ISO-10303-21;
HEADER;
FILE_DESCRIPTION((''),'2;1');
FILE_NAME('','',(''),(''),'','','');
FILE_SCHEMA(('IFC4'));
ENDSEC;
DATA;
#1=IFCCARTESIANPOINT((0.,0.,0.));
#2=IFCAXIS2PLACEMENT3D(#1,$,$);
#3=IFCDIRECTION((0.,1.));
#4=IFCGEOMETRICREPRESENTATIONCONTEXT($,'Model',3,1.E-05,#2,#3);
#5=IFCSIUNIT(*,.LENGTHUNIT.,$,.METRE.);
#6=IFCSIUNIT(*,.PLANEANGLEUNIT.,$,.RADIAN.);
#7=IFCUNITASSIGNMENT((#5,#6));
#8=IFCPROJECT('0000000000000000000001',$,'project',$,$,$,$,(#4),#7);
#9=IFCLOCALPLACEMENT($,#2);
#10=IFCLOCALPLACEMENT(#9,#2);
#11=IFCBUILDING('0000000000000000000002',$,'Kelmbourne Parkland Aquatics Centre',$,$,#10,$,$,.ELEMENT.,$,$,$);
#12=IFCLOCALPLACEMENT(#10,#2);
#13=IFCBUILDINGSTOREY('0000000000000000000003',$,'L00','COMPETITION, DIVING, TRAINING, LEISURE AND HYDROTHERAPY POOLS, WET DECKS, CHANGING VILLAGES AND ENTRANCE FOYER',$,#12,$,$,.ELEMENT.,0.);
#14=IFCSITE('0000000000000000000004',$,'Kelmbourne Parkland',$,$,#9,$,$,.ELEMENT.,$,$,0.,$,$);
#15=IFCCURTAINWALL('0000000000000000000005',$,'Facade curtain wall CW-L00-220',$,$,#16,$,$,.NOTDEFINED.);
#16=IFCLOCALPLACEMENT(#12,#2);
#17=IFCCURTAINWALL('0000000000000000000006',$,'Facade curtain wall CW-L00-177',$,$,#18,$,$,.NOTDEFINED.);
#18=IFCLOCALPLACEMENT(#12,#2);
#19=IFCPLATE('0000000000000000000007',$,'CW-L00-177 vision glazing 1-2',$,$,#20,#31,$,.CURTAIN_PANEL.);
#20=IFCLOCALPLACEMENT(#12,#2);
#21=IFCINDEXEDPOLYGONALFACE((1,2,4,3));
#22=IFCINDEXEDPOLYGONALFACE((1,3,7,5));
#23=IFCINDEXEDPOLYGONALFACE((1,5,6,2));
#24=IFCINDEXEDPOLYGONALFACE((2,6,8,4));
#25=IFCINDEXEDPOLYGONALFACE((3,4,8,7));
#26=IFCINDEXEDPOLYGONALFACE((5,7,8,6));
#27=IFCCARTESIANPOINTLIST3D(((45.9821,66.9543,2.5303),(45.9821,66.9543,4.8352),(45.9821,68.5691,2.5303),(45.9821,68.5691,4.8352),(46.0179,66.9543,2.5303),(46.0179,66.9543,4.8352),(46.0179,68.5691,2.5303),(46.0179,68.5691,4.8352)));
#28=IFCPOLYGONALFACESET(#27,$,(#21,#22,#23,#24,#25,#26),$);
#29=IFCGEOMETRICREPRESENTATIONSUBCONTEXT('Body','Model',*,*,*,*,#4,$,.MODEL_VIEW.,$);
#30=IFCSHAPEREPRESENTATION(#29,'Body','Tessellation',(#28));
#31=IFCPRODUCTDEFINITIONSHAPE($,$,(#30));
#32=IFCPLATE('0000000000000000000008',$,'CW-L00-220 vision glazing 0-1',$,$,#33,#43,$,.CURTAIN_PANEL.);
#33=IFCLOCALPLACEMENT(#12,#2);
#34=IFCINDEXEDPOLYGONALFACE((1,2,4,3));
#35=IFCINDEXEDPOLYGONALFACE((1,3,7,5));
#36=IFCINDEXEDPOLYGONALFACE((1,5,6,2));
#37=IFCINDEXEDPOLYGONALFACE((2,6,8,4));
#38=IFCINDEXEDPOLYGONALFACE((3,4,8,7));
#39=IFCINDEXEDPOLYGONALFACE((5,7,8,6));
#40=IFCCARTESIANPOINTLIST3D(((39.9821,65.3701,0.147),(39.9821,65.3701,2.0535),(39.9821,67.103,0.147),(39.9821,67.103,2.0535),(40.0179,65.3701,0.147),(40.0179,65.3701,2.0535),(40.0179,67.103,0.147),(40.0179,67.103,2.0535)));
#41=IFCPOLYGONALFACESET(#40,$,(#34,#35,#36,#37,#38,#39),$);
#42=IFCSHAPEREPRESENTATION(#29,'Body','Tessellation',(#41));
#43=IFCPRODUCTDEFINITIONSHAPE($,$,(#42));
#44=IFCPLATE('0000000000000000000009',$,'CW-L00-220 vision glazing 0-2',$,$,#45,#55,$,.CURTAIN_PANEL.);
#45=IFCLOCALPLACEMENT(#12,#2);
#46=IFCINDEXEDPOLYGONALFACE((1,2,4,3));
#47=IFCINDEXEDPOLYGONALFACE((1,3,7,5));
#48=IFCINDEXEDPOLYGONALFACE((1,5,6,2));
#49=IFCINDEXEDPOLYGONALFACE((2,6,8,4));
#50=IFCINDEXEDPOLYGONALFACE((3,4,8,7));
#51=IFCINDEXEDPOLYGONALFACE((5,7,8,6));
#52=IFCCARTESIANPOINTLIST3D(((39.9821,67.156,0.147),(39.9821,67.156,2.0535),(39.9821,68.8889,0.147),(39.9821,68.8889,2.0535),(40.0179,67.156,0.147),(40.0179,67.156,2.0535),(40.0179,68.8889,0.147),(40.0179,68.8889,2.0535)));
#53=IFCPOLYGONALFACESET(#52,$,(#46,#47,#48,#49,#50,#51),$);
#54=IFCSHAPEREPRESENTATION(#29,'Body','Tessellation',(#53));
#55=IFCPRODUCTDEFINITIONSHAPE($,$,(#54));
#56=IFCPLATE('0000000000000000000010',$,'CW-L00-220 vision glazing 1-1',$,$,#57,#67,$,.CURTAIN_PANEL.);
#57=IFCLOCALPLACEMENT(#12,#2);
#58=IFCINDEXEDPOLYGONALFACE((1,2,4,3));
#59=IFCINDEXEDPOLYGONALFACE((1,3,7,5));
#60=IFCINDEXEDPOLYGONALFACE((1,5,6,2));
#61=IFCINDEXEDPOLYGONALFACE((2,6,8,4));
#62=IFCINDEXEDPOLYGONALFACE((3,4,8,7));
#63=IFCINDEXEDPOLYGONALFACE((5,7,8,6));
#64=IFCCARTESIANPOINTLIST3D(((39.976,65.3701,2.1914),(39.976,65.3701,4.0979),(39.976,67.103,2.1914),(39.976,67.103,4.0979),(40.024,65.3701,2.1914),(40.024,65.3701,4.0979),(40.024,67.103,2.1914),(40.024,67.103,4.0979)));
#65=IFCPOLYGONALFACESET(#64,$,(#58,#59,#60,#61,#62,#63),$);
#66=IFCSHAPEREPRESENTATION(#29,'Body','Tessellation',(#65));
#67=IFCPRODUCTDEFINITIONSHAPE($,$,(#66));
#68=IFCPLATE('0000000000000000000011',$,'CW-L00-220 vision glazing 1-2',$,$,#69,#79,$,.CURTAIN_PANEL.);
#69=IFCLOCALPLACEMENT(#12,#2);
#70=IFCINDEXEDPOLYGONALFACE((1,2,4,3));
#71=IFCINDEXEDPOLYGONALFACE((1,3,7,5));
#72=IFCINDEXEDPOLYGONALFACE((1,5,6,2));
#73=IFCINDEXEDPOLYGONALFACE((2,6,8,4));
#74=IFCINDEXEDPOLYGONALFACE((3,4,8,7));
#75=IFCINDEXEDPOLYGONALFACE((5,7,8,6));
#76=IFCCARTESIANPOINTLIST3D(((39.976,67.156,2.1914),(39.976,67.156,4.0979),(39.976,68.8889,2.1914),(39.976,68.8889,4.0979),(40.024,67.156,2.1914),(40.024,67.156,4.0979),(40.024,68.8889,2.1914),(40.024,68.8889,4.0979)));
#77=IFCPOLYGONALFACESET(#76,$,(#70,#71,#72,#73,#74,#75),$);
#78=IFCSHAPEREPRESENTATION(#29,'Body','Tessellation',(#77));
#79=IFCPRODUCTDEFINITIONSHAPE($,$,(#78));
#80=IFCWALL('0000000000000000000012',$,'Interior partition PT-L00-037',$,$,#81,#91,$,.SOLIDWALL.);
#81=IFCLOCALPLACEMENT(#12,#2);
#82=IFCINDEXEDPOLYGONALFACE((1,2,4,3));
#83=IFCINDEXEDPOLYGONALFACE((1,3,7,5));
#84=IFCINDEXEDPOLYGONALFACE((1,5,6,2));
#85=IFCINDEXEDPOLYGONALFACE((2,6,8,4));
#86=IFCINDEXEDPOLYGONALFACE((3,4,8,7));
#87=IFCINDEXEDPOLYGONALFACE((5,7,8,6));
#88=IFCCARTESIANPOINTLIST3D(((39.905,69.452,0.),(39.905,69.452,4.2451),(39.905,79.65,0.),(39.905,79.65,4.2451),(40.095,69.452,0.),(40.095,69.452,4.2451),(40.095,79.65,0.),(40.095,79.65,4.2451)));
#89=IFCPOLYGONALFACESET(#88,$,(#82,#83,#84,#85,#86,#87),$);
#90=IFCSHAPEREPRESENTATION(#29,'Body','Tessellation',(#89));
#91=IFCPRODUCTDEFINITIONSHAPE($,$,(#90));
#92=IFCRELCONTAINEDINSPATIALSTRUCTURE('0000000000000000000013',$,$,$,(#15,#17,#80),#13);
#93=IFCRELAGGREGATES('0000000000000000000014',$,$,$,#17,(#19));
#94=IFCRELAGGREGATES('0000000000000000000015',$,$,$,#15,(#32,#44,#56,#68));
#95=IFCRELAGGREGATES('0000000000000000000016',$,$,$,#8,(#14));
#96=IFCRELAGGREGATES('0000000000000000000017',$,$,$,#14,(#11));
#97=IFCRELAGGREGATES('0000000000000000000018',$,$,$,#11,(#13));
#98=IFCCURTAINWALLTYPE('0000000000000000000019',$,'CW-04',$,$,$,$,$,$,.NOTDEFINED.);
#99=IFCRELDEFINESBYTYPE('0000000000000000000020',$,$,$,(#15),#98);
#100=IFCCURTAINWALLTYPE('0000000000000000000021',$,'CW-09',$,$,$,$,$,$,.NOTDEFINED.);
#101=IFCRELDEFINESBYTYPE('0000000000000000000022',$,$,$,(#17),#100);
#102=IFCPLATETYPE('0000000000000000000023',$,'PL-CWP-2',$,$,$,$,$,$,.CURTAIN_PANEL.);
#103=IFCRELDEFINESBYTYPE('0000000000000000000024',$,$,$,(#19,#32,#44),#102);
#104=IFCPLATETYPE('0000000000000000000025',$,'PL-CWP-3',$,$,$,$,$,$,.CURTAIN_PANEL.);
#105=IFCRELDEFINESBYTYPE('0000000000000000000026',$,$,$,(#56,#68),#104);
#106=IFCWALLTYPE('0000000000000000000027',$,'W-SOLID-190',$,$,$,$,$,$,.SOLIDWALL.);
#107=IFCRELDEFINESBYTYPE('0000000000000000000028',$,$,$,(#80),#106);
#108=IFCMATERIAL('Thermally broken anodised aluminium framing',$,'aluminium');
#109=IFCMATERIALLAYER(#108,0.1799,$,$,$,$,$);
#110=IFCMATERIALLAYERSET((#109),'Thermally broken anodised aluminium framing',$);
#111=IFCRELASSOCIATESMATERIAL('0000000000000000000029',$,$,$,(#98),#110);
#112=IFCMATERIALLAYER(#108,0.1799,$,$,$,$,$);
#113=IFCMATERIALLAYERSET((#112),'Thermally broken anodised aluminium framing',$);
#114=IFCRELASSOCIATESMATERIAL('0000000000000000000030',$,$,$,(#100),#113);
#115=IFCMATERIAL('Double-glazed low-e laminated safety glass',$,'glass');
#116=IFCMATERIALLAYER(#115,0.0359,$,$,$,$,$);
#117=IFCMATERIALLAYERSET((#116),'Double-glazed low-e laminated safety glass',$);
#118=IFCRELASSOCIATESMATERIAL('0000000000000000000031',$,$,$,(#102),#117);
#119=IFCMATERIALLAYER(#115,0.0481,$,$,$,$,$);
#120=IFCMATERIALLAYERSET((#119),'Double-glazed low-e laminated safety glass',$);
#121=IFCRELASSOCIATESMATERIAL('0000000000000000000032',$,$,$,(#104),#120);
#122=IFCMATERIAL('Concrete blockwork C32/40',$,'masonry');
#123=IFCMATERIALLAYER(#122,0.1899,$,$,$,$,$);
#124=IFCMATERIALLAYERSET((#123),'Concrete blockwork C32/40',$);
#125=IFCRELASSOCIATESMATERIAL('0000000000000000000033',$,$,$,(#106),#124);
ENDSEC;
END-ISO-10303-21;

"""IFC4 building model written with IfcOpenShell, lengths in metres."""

from ifc_helpers import new_model, si_unit, direction, frame, frame_2d, origin, origin_2d, place, context, subcontext, project, spatial, rectangle, extrude, material, layer, layer_set, type_object, element, aggregate, save


model = new_model("IFC4")

# Units and contexts
model_context = context("Model", 3, precision=1e-05, world=origin(), true_north=direction((0.0, 1.0)))
body_context = subcontext(model_context, "Body", "Model", "MODEL_VIEW")
ifc_project = project(units=[si_unit("LENGTHUNIT", "METRE"), si_unit("PLANEANGLEUNIT", "RADIAN")], contexts=[model_context])

# Site, building, storey
site_placement = place(None, origin())
site = spatial("IfcSite", under=ifc_project, at=site_placement, Name="Kelmbourne Parkland", CompositionType="ELEMENT", RefElevation=0.0)
building_placement = place(site_placement, origin())
building = spatial("IfcBuilding", under=site, at=building_placement, Name="Kelmbourne Parkland Aquatics Centre", CompositionType="ELEMENT")
storey_placement = place(building_placement, origin())
storey = spatial("IfcBuildingStorey", under=building, at=storey_placement, Name="L00", Description="COMPETITION, DIVING, TRAINING, LEISURE AND HYDROTHERAPY POOLS, WET DECKS, CHANGING VILLAGES AND ENTRANCE FOYER", CompositionType="ELEMENT", Elevation=0.0)

# Curtain wall
ifc_material_1 = material(Name="Thermally broken anodised aluminium framing", Category="aluminium")
ifc_layer_1 = layer(ifc_material_1, 0.1799)
ifc_layer_set_1 = layer_set([ifc_layer_1], Name="Thermally broken anodised aluminium framing")
curtain_wall_type_1 = type_object("IfcCurtainWallType", Name="CW-04", PredefinedType="NOTDEFINED", material=ifc_layer_set_1)
curtain_wall_1_placement = place(storey_placement, origin())
curtain_wall_1 = element("IfcCurtainWall", 1, at=curtain_wall_1_placement, inside=storey, type_object=curtain_wall_type_1, Name="Facade curtain wall CW-L00-220", PredefinedType="NOTDEFINED")

# Curtain wall
ifc_layer_2 = layer(ifc_material_1, 0.1799)
ifc_layer_set_2 = layer_set([ifc_layer_2], Name="Thermally broken anodised aluminium framing")
curtain_wall_type_2 = type_object("IfcCurtainWallType", Name="CW-09", PredefinedType="NOTDEFINED", material=ifc_layer_set_2)
curtain_wall_2_placement = place(storey_placement, origin())
curtain_wall_2 = element("IfcCurtainWall", 2, at=curtain_wall_2_placement, inside=storey, type_object=curtain_wall_type_2, Name="Facade curtain wall CW-L00-177", PredefinedType="NOTDEFINED")

# Plates
ifc_material_2 = material(Name="Double-glazed low-e laminated safety glass", Category="glass")
ifc_layer_3 = layer(ifc_material_2, 0.0359)
ifc_layer_set_3 = layer_set([ifc_layer_3], Name="Double-glazed low-e laminated safety glass")
plate_type_1 = type_object("IfcPlateType", Name="PL-CWP-2", PredefinedType="CURTAIN_PANEL", material=ifc_layer_set_3)
plate_1_placement = place(storey_placement, frame((46.0, 67.7617, 2.5303), z_axis=(0.0, 0.0, 1.0), x_axis=(0.0, 1.0, 0.0)))
plate_1 = element("IfcPlate", 3, at=plate_1_placement, type_object=plate_type_1, Name="CW-L00-177 vision glazing 1-2", PredefinedType="CURTAIN_PANEL", context=body_context, shape_type="SweptSolid", body=[
    extrude(rectangle(XDim=1.6147, YDim=0.0359, at=origin_2d()), origin(), (0.0, 0.0, 1.0), 2.3049),
])
aggregate(curtain_wall_2, [plate_1])
plate_2_placement = place(storey_placement, frame((40.0, 66.2366, 0.147), z_axis=(0.0, 0.0, 1.0), x_axis=(0.0, 1.0, 0.0)))
plate_2 = element("IfcPlate", 4, at=plate_2_placement, type_object=plate_type_1, Name="CW-L00-220 vision glazing 0-1", PredefinedType="CURTAIN_PANEL", context=body_context, shape_type="SweptSolid", body=[
    extrude(rectangle(XDim=1.7329, YDim=0.0359, at=origin_2d()), origin(), (0.0, 0.0, 1.0), 1.9065),
])
plate_3_placement = place(storey_placement, frame((40.0, 68.0225, 0.147), z_axis=(0.0, 0.0, 1.0), x_axis=(0.0, 1.0, 0.0)))
plate_3 = element("IfcPlate", 5, at=plate_3_placement, type_object=plate_type_1, Name="CW-L00-220 vision glazing 0-2", PredefinedType="CURTAIN_PANEL", context=body_context, shape_type="SweptSolid", body=[
    extrude(rectangle(XDim=1.7329, YDim=0.0359, at=origin_2d()), origin(), (0.0, 0.0, 1.0), 1.9065),
])
ifc_layer_4 = layer(ifc_material_2, 0.0481)
ifc_layer_set_4 = layer_set([ifc_layer_4], Name="Double-glazed low-e laminated safety glass")
plate_type_2 = type_object("IfcPlateType", Name="PL-CWP-3", PredefinedType="CURTAIN_PANEL", material=ifc_layer_set_4)
plate_4_placement = place(storey_placement, frame((40.0, 66.2366, 2.1914), z_axis=(0.0, 0.0, 1.0), x_axis=(0.0, 1.0, 0.0)))
plate_4 = element("IfcPlate", 6, at=plate_4_placement, type_object=plate_type_2, Name="CW-L00-220 vision glazing 1-1", PredefinedType="CURTAIN_PANEL", context=body_context, shape_type="SweptSolid", body=[
    extrude(rectangle(XDim=1.7329, YDim=0.0481, at=origin_2d()), origin(), (0.0, 0.0, 1.0), 1.9065),
])
plate_5_placement = place(storey_placement, frame((40.0, 68.0225, 2.1914), z_axis=(0.0, 0.0, 1.0), x_axis=(0.0, 1.0, 0.0)))
plate_5 = element("IfcPlate", 7, at=plate_5_placement, type_object=plate_type_2, Name="CW-L00-220 vision glazing 1-2", PredefinedType="CURTAIN_PANEL", context=body_context, shape_type="SweptSolid", body=[
    extrude(rectangle(XDim=1.7329, YDim=0.0481, at=origin_2d()), origin(), (0.0, 0.0, 1.0), 1.9065),
])
aggregate(curtain_wall_1, [plate_2, plate_3, plate_4, plate_5])

# Wall
ifc_material_3 = material(Name="Concrete blockwork C32/40", Category="masonry")
ifc_layer_5 = layer(ifc_material_3, 0.1899)
ifc_layer_set_5 = layer_set([ifc_layer_5], Name="Concrete blockwork C32/40")
wall_type = type_object("IfcWallType", Name="W-SOLID-190", PredefinedType="SOLIDWALL", material=ifc_layer_set_5)
wall_placement = place(storey_placement, frame((40.0, 69.4519, 0.0), z_axis=(0.0, 0.0, 1.0), x_axis=(0.0, 1.0, 0.0)))
element("IfcWall", 8, at=wall_placement, inside=storey, type_object=wall_type, Name="Interior partition PT-L00-037", PredefinedType="SOLIDWALL", context=body_context, shape_type="SweptSolid", body=[
    extrude(rectangle(XDim=10.198, YDim=0.1899, at=frame_2d((5.0991, 0.0))), origin(), (0.0, 0.0, 1.0), 4.2451),
])

save(model, "model.ifc")
